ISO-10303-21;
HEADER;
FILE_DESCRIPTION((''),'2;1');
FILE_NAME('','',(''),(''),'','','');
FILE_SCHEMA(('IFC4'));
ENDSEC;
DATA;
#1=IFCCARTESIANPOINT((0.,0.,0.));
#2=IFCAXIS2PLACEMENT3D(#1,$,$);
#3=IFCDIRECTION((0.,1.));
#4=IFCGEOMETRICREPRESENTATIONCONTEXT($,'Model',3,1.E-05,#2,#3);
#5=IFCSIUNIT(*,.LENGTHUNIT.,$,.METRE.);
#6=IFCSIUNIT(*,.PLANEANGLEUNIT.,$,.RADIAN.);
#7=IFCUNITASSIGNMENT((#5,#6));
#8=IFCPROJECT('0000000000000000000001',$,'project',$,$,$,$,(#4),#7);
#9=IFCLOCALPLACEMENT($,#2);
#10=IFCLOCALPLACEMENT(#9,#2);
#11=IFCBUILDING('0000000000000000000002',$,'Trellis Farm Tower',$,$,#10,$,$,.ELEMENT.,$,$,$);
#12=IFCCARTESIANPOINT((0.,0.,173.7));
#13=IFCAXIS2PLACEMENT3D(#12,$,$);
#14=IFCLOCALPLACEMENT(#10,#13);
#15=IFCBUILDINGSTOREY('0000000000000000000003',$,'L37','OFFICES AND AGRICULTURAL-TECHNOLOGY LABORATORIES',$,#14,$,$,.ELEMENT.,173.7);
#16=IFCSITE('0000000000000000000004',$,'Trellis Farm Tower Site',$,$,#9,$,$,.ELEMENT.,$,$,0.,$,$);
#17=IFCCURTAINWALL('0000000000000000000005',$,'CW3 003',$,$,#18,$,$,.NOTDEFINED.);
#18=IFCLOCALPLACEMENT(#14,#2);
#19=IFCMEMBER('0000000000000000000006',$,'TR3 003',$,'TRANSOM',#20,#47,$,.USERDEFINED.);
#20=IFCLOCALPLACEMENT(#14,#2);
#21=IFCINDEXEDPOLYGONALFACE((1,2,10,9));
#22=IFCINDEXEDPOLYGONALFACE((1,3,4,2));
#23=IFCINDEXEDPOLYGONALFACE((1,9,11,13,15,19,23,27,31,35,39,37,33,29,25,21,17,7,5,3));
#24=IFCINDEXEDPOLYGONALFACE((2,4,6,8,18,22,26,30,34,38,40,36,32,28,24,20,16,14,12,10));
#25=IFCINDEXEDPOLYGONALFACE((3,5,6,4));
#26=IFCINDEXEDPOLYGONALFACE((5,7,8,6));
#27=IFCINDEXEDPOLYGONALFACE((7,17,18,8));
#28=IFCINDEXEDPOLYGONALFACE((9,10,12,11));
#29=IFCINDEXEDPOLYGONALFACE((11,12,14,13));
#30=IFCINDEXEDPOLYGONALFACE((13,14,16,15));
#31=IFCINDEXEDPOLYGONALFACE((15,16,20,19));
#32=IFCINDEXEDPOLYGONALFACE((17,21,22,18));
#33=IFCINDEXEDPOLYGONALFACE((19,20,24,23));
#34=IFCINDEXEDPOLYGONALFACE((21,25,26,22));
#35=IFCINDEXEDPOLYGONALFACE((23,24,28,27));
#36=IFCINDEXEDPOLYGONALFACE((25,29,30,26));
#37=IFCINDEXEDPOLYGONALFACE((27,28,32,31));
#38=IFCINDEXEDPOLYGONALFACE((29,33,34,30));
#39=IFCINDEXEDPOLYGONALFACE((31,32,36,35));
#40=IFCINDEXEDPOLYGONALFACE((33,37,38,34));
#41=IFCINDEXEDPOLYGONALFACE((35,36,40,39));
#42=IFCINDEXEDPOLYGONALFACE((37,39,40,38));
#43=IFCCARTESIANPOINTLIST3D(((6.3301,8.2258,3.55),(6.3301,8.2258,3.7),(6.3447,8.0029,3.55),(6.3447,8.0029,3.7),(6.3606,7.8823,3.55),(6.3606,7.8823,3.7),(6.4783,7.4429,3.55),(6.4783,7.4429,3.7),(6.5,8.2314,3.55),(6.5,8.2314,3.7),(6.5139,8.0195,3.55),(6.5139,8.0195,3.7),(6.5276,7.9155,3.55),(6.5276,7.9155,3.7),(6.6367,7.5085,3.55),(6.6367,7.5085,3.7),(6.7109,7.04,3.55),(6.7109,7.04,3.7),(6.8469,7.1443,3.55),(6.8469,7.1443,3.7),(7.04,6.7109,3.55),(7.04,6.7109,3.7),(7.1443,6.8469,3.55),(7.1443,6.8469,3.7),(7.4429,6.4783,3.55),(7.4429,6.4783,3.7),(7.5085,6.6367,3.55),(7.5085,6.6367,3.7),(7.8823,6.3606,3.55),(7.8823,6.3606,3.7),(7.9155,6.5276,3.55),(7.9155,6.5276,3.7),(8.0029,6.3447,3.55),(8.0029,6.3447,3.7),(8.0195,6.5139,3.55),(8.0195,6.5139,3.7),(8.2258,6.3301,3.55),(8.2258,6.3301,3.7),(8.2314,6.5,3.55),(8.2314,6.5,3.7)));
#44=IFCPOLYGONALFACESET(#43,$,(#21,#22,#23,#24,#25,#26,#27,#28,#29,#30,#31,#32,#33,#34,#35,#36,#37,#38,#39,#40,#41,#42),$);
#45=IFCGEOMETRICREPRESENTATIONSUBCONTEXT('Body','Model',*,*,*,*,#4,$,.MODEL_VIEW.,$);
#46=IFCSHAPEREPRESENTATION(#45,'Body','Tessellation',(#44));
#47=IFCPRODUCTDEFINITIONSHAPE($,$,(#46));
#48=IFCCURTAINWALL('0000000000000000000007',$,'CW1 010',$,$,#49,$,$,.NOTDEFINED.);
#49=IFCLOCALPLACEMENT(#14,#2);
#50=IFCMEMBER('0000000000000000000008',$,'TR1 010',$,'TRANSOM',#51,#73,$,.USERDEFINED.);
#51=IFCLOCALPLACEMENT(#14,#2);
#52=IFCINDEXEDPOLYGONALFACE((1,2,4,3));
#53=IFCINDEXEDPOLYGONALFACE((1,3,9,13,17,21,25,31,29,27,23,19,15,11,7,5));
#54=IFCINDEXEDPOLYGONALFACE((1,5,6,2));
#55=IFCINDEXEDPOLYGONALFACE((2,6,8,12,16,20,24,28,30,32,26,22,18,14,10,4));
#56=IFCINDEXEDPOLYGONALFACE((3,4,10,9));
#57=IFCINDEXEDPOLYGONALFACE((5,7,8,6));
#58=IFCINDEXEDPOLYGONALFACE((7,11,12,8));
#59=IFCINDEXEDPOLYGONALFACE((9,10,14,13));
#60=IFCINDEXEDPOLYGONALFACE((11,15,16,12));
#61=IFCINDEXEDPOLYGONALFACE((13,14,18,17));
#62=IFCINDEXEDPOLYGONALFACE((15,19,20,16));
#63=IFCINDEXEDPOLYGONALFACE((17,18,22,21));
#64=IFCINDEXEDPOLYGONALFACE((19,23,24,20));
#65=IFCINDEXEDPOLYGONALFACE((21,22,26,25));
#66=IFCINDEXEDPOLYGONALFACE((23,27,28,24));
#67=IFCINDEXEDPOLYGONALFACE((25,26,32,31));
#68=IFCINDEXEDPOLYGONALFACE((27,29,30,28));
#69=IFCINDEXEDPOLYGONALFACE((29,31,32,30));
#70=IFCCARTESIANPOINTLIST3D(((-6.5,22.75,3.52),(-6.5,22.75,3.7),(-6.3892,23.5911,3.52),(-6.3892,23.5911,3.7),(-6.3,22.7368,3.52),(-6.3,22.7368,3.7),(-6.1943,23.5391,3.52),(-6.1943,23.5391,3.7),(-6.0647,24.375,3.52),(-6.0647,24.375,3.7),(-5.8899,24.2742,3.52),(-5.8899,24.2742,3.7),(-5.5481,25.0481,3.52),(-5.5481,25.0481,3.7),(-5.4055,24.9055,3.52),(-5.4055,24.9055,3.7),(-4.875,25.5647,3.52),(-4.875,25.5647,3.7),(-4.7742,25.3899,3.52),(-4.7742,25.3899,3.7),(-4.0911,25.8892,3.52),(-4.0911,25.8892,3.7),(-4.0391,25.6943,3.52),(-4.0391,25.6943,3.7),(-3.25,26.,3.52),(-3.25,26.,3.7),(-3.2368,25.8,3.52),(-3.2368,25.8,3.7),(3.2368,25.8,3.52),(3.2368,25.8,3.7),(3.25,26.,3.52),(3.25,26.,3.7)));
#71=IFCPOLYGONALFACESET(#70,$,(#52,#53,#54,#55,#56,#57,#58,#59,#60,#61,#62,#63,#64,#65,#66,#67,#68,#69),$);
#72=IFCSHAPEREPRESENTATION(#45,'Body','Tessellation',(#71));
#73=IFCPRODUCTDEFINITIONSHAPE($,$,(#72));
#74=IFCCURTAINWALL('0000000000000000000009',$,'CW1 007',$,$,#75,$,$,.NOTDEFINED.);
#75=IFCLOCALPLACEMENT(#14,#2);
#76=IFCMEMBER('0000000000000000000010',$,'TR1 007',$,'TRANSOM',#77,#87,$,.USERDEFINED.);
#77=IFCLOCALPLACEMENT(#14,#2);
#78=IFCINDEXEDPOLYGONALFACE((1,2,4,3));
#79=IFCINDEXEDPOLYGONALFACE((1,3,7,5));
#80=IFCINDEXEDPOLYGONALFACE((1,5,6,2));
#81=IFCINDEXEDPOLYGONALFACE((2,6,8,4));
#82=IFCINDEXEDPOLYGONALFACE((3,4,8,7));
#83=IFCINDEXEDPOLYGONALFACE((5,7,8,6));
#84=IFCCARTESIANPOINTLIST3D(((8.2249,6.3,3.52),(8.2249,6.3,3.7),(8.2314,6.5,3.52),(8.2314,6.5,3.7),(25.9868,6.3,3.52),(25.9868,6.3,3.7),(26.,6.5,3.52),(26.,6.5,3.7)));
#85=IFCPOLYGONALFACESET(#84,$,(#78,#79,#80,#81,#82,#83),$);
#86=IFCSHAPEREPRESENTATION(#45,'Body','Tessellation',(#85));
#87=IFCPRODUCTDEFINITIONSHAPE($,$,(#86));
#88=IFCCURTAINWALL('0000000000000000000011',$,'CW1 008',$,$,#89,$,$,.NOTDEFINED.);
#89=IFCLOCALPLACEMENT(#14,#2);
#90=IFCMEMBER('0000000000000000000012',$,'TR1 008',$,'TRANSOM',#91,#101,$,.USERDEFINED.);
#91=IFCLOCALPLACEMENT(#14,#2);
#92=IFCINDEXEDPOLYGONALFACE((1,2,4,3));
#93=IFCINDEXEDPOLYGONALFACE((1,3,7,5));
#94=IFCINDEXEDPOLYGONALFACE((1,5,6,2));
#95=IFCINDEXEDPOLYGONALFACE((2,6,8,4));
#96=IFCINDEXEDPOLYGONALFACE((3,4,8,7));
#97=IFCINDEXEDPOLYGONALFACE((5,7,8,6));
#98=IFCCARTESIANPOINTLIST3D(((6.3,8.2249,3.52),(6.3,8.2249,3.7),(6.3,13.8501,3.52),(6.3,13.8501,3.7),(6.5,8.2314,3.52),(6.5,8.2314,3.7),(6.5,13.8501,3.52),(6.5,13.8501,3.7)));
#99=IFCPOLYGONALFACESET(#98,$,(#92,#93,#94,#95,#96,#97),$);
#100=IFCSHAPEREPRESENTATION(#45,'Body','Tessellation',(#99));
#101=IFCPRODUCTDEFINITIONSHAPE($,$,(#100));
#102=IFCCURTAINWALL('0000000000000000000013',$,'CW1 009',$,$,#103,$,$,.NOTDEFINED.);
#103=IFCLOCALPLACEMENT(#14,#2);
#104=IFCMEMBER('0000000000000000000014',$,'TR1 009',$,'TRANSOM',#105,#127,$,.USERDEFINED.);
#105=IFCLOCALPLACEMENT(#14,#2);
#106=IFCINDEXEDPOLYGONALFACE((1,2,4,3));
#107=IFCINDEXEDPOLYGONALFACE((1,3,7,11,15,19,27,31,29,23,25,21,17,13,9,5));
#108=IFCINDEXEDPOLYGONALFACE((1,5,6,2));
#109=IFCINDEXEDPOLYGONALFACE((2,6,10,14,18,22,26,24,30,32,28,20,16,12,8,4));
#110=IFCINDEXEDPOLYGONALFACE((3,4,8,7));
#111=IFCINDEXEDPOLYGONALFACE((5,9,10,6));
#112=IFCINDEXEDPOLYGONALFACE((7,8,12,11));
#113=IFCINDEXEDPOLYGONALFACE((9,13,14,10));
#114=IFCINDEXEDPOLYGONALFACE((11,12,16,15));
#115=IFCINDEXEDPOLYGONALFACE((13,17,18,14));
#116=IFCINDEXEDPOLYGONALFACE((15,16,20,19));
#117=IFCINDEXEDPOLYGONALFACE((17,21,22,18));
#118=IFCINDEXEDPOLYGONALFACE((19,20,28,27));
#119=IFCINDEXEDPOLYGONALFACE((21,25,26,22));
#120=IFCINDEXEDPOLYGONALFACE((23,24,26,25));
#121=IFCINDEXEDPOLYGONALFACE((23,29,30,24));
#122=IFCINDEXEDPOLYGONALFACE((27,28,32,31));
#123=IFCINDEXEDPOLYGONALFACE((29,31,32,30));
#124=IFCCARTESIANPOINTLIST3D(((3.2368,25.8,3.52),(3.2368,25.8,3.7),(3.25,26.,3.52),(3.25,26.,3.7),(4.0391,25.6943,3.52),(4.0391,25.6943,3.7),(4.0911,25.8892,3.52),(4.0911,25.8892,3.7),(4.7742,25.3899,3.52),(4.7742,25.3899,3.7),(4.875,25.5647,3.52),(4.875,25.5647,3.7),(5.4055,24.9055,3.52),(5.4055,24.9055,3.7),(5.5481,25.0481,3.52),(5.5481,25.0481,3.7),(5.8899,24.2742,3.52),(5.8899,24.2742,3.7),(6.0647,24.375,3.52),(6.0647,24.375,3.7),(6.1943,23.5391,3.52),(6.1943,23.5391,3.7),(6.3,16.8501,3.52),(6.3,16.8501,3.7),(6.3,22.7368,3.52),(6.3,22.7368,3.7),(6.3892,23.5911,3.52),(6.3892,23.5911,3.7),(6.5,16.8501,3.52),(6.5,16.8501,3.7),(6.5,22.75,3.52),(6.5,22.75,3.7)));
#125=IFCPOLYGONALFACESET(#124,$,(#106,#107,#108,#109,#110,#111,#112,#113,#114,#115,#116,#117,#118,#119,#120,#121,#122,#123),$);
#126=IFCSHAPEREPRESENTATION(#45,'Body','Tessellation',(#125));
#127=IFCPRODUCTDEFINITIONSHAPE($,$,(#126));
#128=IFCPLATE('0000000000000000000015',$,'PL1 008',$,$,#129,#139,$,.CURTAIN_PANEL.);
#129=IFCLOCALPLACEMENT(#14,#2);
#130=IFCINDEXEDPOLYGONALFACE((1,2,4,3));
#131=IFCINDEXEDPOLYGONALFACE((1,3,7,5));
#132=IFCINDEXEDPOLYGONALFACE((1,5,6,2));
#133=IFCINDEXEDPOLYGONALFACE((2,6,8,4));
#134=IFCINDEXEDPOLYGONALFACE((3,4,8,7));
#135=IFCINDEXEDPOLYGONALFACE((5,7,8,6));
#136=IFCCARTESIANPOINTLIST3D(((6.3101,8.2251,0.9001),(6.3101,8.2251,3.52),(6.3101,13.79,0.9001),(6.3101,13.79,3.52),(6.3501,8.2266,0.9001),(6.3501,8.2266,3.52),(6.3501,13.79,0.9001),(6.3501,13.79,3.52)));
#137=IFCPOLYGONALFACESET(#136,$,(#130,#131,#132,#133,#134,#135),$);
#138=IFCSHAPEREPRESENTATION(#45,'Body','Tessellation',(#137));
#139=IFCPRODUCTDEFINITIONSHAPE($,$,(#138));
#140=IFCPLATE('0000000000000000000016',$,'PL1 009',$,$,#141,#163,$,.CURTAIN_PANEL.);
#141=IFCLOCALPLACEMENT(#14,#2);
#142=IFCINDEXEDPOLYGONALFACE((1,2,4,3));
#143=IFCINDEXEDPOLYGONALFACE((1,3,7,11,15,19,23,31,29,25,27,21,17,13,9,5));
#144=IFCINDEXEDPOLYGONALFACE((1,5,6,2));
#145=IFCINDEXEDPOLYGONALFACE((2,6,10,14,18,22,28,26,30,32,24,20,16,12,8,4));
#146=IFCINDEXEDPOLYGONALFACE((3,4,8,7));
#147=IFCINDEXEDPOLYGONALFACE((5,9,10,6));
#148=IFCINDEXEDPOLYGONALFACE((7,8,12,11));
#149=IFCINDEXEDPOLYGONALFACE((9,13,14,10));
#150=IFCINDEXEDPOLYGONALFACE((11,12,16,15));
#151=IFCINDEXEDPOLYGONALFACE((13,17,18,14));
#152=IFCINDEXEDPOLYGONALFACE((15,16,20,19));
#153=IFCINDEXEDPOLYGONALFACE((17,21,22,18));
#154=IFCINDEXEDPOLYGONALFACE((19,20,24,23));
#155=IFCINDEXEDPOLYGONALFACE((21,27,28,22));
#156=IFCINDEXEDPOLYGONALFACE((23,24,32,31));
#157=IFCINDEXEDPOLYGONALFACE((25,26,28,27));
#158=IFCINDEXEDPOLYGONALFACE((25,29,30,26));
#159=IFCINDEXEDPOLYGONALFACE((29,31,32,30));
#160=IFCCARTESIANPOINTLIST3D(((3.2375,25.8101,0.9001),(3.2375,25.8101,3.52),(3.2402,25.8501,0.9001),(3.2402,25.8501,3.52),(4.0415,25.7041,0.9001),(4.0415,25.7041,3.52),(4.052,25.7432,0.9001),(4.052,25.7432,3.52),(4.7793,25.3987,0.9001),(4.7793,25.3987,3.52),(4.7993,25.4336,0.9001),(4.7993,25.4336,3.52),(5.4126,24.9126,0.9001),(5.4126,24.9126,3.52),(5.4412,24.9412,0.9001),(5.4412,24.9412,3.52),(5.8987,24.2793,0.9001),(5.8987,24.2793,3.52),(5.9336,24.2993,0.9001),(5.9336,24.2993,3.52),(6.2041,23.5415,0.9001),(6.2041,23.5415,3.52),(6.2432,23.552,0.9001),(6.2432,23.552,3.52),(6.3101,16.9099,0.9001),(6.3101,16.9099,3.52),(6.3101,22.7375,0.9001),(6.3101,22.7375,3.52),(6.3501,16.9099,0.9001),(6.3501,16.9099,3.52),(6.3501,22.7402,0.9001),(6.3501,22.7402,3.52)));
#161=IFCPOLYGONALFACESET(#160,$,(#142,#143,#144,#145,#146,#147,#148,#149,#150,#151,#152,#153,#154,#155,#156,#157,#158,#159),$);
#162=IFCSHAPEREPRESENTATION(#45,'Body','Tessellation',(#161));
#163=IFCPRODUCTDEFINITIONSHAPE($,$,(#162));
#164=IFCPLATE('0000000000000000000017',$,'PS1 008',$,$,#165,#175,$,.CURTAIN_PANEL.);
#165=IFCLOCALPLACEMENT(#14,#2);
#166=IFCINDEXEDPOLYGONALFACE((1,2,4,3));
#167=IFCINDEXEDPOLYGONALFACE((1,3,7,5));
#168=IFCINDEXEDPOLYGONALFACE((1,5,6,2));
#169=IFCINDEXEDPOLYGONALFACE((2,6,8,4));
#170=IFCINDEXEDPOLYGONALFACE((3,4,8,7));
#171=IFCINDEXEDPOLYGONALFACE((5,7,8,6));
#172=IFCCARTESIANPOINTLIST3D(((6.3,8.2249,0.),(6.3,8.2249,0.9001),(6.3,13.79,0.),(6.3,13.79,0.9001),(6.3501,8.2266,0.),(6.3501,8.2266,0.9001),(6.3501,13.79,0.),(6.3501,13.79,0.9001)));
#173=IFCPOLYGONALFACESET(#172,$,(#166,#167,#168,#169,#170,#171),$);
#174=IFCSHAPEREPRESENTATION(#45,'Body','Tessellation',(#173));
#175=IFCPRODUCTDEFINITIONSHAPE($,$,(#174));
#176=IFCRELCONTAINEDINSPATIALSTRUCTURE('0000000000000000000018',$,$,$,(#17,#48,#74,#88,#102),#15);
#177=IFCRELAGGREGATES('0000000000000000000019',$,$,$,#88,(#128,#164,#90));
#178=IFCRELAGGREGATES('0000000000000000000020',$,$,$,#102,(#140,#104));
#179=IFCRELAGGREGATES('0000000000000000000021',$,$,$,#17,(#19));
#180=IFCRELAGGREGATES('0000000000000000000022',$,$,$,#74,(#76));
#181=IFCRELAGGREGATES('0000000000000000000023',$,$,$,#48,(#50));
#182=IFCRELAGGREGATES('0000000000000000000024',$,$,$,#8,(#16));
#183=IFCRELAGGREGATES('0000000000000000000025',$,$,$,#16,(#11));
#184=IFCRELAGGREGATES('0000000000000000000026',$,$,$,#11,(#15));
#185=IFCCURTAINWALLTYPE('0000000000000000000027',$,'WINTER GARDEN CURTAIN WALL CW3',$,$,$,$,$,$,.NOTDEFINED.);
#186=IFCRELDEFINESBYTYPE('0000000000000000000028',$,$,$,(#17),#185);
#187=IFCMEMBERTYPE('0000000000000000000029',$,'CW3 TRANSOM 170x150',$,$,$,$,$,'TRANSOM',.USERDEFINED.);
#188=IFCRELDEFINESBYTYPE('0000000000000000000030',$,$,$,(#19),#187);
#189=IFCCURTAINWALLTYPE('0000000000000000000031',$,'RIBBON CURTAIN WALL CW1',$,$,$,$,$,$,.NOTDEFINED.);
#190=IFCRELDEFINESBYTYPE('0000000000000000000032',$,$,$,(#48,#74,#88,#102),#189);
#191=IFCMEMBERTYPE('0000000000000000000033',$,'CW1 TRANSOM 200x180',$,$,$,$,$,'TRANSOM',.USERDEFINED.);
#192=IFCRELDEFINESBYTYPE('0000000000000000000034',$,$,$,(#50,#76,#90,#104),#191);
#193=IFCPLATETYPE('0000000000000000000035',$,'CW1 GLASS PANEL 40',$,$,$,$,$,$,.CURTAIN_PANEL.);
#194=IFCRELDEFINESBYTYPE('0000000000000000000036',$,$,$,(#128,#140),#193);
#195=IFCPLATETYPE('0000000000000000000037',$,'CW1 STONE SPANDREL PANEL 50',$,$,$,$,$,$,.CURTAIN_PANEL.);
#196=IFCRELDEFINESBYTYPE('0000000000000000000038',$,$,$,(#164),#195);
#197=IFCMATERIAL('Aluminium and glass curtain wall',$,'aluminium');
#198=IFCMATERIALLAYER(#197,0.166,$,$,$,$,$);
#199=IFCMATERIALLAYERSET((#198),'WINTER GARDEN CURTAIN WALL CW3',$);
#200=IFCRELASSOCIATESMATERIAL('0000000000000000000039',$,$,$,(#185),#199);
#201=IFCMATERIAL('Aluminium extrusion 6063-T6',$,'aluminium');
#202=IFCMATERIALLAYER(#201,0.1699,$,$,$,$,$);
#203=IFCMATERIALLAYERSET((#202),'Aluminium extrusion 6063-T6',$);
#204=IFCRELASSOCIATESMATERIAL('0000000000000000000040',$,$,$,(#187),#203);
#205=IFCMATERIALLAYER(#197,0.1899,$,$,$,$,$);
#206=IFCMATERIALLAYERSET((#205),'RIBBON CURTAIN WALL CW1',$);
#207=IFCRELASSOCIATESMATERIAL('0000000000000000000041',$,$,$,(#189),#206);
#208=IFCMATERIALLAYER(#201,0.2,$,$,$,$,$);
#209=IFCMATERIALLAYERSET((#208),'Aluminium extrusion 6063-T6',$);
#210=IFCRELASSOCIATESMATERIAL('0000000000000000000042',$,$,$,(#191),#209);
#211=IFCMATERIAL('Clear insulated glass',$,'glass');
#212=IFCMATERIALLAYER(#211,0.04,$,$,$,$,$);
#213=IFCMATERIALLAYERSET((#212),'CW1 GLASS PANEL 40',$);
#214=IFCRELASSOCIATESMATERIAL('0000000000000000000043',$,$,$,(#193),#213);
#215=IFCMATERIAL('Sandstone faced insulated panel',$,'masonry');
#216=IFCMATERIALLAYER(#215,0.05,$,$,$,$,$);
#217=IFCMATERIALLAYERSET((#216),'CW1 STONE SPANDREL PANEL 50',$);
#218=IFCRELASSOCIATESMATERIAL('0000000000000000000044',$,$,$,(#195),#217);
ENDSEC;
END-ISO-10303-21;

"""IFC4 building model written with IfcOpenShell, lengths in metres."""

from ifc_helpers import new_model, si_unit, direction, frame, origin, place, context, subcontext, project, spatial, polyline, outline, extrude, source, transform, mapped, material, layer, layer_set, type_object, element, aggregate, save


model = new_model("IFC4")

# Units and contexts
model_context = context("Model", 3, precision=1e-05, world=origin(), true_north=direction((0.0, 1.0)))
body_context = subcontext(model_context, "Body", "Model", "MODEL_VIEW")
ifc_project = project(units=[si_unit("LENGTHUNIT", "METRE"), si_unit("PLANEANGLEUNIT", "RADIAN")], contexts=[model_context])

# Site, building, storey
site_placement = place(None, origin())
site = spatial("IfcSite", under=ifc_project, at=site_placement, Name="Trellis Farm Tower Site", CompositionType="ELEMENT", RefElevation=0.0)
building_placement = place(site_placement, origin())
building = spatial("IfcBuilding", under=site, at=building_placement, Name="Trellis Farm Tower", CompositionType="ELEMENT")
storey_placement = place(building_placement, frame((0.0, 0.0, 173.7)))
storey = spatial("IfcBuildingStorey", under=building, at=storey_placement, Name="L37", Description="OFFICES AND AGRICULTURAL-TECHNOLOGY LABORATORIES", CompositionType="ELEMENT", Elevation=173.7)

# Curtain walls, members
ifc_material_1 = material(Name="Aluminium and glass curtain wall", Category="aluminium")
ifc_layer_1 = layer(ifc_material_1, 0.166)
ifc_layer_set_1 = layer_set([ifc_layer_1], Name="WINTER GARDEN CURTAIN WALL CW3")
curtain_wall_type_1 = type_object("IfcCurtainWallType", Name="WINTER GARDEN CURTAIN WALL CW3", PredefinedType="NOTDEFINED", material=ifc_layer_set_1)
placement_1 = place(storey_placement, origin())
curtain_wall_1 = element("IfcCurtainWall", 1, at=placement_1, inside=storey, type_object=curtain_wall_type_1, Name="CW3 003", PredefinedType="NOTDEFINED")
ifc_material_2 = material(Name="Aluminium extrusion 6063-T6", Category="aluminium")
ifc_layer_2 = layer(ifc_material_2, 0.1699)
ifc_layer_set_2 = layer_set([ifc_layer_2], Name="Aluminium extrusion 6063-T6")
member_type_1 = type_object("IfcMemberType", Name="CW3 TRANSOM 170x150", ElementType="TRANSOM", PredefinedType="USERDEFINED", material=ifc_layer_set_2)
shared_shape_1 = source(origin(), body_context, "Body", "SweptSolid", [
    extrude(outline(polyline([(8.2314, 6.5), (8.0195, 6.5139), (7.9155, 6.5276), (7.5085, 6.6367), (7.1443, 6.8469), (6.8469, 7.1443), (6.6367, 7.5085), (6.5276, 7.9155), (6.5139, 8.0195), (6.5, 8.2314), (6.3301, 8.2258), (6.3447, 8.0029), (6.3606, 7.8823), (6.4783, 7.4429), (6.7109, 7.04), (7.04, 6.7109), (7.4429, 6.4783), (7.8823, 6.3606), (8.0029, 6.3447), (8.2258, 6.3301), (8.2314, 6.5)])), origin(), (0.0, 0.0, 1.0), 0.1499),
])
member_1_placement = place(storey_placement, frame((0.0, 0.0, 3.55)))
member_1 = element("IfcMember", 2, at=member_1_placement, type_object=member_type_1, Name="TR3 003", ObjectType="TRANSOM", PredefinedType="USERDEFINED", context=body_context, shape_type="MappedRepresentation", body=[
    mapped(shared_shape_1, transform((0.0, 0.0, 0.0))),
])
ifc_layer_3 = layer(ifc_material_1, 0.1899)
ifc_layer_set_3 = layer_set([ifc_layer_3], Name="RIBBON CURTAIN WALL CW1")
curtain_wall_type_2 = type_object("IfcCurtainWallType", Name="RIBBON CURTAIN WALL CW1", PredefinedType="NOTDEFINED", material=ifc_layer_set_3)
curtain_wall_2 = element("IfcCurtainWall", 3, at=placement_1, inside=storey, type_object=curtain_wall_type_2, Name="CW1 010", PredefinedType="NOTDEFINED")
ifc_layer_4 = layer(ifc_material_2, 0.2)
ifc_layer_set_4 = layer_set([ifc_layer_4], Name="Aluminium extrusion 6063-T6")
member_type_2 = type_object("IfcMemberType", Name="CW1 TRANSOM 200x180", ElementType="TRANSOM", PredefinedType="USERDEFINED", material=ifc_layer_set_4)
shared_shape_2 = source(origin(), body_context, "Body", "SweptSolid", [
    extrude(outline(polyline([(3.25, 26.0), (-3.25, 26.0), (-4.0911, 25.8892), (-4.875, 25.5647), (-5.5481, 25.0481), (-6.0647, 24.375), (-6.3892, 23.5911), (-6.5, 22.75), (-6.3, 22.7368), (-6.1943, 23.5391), (-5.8899, 24.2742), (-5.4055, 24.9055), (-4.7742, 25.3899), (-4.0391, 25.6943), (-3.2368, 25.8), (3.2368, 25.8), (3.25, 26.0)])), origin(), (0.0, 0.0, 1.0), 0.1799),
])
placement_2 = place(storey_placement, frame((0.0, 0.0, 3.52)))
member_2 = element("IfcMember", 4, at=placement_2, type_object=member_type_2, Name="TR1 010", ObjectType="TRANSOM", PredefinedType="USERDEFINED", context=body_context, shape_type="MappedRepresentation", body=[
    mapped(shared_shape_2, transform((0.0, 0.0, 0.0))),
])
curtain_wall_3 = element("IfcCurtainWall", 5, at=placement_1, inside=storey, type_object=curtain_wall_type_2, Name="CW1 007", PredefinedType="NOTDEFINED")
shared_shape_3 = source(origin(), body_context, "Body", "SweptSolid", [
    extrude(outline(polyline([(26.0, 6.5), (8.2314, 6.5), (8.2249, 6.3), (25.9868, 6.3), (26.0, 6.5)])), origin(), (0.0, 0.0, 1.0), 0.1799),
])
member_3 = element("IfcMember", 6, at=placement_2, type_object=member_type_2, Name="TR1 007", ObjectType="TRANSOM", PredefinedType="USERDEFINED", context=body_context, shape_type="MappedRepresentation", body=[
    mapped(shared_shape_3, transform((0.0, 0.0, 0.0))),
])
curtain_wall_4 = element("IfcCurtainWall", 7, at=placement_1, inside=storey, type_object=curtain_wall_type_2, Name="CW1 008", PredefinedType="NOTDEFINED")
shared_shape_4 = source(origin(), body_context, "Body", "SweptSolid", [
    extrude(outline(polyline([(6.5, 8.2314), (6.5, 13.8501), (6.3, 13.8501), (6.3, 8.2249), (6.5, 8.2314)])), origin(), (0.0, 0.0, 1.0), 0.1799),
])
member_4 = element("IfcMember", 8, at=placement_2, type_object=member_type_2, Name="TR1 008", ObjectType="TRANSOM", PredefinedType="USERDEFINED", context=body_context, shape_type="MappedRepresentation", body=[
    mapped(shared_shape_4, transform((0.0, 0.0, 0.0))),
])
curtain_wall_5 = element("IfcCurtainWall", 9, at=placement_1, inside=storey, type_object=curtain_wall_type_2, Name="CW1 009", PredefinedType="NOTDEFINED")
shared_shape_5 = source(origin(), body_context, "Body", "SweptSolid", [
    extrude(outline(polyline([(6.5, 16.8501), (6.5, 22.75), (6.3892, 23.5911), (6.0647, 24.375), (5.5481, 25.0481), (4.875, 25.5647), (4.0911, 25.8892), (3.25, 26.0), (3.2368, 25.8), (4.0391, 25.6943), (4.7742, 25.3899), (5.4055, 24.9055), (5.8899, 24.2742), (6.1943, 23.5391), (6.3, 22.7368), (6.3, 16.8501), (6.5, 16.8501)])), origin(), (0.0, 0.0, 1.0), 0.1799),
])
member_5 = element("IfcMember", 10, at=placement_2, type_object=member_type_2, Name="TR1 009", ObjectType="TRANSOM", PredefinedType="USERDEFINED", context=body_context, shape_type="MappedRepresentation", body=[
    mapped(shared_shape_5, transform((0.0, 0.0, 0.0))),
])

# Plates
ifc_material_3 = material(Name="Clear insulated glass", Category="glass")
ifc_layer_5 = layer(ifc_material_3, 0.04)
ifc_layer_set_5 = layer_set([ifc_layer_5], Name="CW1 GLASS PANEL 40")
plate_type_1 = type_object("IfcPlateType", Name="CW1 GLASS PANEL 40", PredefinedType="CURTAIN_PANEL", material=ifc_layer_set_5)
placement_3 = place(storey_placement, frame((0.0, 0.0, 0.9001)))
plate_1 = element("IfcPlate", 11, at=placement_3, type_object=plate_type_1, Name="PL1 008", PredefinedType="CURTAIN_PANEL", context=body_context, shape_type="SweptSolid", body=[
    extrude(outline(polyline([(6.3501, 8.2266), (6.3501, 13.79), (6.3101, 13.79), (6.3101, 8.2251), (6.3501, 8.2266)])), origin(), (0.0, 0.0, 1.0), 2.6199),
])
plate_2 = element("IfcPlate", 12, at=placement_3, type_object=plate_type_1, Name="PL1 009", PredefinedType="CURTAIN_PANEL", context=body_context, shape_type="SweptSolid", body=[
    extrude(outline(polyline([(6.3501, 16.9099), (6.3501, 22.7402), (6.2432, 23.552), (5.9336, 24.2993), (5.4412, 24.9412), (4.7993, 25.4336), (4.052, 25.7432), (3.2402, 25.8501), (3.2375, 25.8101), (4.0415, 25.7041), (4.7793, 25.3987), (5.4126, 24.9126), (5.8987, 24.2793), (6.2041, 23.5415), (6.3101, 22.7375), (6.3101, 16.9099), (6.3501, 16.9099)])), origin(), (0.0, 0.0, 1.0), 2.6199),
])
ifc_material_4 = material(Name="Sandstone faced insulated panel", Category="masonry")
ifc_layer_6 = layer(ifc_material_4, 0.05)
ifc_layer_set_6 = layer_set([ifc_layer_6], Name="CW1 STONE SPANDREL PANEL 50")
plate_type_2 = type_object("IfcPlateType", Name="CW1 STONE SPANDREL PANEL 50", PredefinedType="CURTAIN_PANEL", material=ifc_layer_set_6)
plate_3 = element("IfcPlate", 13, at=placement_1, type_object=plate_type_2, Name="PS1 008", PredefinedType="CURTAIN_PANEL", context=body_context, shape_type="SweptSolid", body=[
    extrude(outline(polyline([(6.3501, 8.2266), (6.3501, 13.79), (6.3, 13.79), (6.3, 8.2249), (6.3501, 8.2266)])), origin(), (0.0, 0.0, 1.0), 0.9001),
])
aggregate(curtain_wall_4, [plate_1, plate_3, member_4])
aggregate(curtain_wall_5, [plate_2, member_5])
aggregate(curtain_wall_1, [member_1])
aggregate(curtain_wall_3, [member_3])
aggregate(curtain_wall_2, [member_2])

save(model, "model.ifc")
